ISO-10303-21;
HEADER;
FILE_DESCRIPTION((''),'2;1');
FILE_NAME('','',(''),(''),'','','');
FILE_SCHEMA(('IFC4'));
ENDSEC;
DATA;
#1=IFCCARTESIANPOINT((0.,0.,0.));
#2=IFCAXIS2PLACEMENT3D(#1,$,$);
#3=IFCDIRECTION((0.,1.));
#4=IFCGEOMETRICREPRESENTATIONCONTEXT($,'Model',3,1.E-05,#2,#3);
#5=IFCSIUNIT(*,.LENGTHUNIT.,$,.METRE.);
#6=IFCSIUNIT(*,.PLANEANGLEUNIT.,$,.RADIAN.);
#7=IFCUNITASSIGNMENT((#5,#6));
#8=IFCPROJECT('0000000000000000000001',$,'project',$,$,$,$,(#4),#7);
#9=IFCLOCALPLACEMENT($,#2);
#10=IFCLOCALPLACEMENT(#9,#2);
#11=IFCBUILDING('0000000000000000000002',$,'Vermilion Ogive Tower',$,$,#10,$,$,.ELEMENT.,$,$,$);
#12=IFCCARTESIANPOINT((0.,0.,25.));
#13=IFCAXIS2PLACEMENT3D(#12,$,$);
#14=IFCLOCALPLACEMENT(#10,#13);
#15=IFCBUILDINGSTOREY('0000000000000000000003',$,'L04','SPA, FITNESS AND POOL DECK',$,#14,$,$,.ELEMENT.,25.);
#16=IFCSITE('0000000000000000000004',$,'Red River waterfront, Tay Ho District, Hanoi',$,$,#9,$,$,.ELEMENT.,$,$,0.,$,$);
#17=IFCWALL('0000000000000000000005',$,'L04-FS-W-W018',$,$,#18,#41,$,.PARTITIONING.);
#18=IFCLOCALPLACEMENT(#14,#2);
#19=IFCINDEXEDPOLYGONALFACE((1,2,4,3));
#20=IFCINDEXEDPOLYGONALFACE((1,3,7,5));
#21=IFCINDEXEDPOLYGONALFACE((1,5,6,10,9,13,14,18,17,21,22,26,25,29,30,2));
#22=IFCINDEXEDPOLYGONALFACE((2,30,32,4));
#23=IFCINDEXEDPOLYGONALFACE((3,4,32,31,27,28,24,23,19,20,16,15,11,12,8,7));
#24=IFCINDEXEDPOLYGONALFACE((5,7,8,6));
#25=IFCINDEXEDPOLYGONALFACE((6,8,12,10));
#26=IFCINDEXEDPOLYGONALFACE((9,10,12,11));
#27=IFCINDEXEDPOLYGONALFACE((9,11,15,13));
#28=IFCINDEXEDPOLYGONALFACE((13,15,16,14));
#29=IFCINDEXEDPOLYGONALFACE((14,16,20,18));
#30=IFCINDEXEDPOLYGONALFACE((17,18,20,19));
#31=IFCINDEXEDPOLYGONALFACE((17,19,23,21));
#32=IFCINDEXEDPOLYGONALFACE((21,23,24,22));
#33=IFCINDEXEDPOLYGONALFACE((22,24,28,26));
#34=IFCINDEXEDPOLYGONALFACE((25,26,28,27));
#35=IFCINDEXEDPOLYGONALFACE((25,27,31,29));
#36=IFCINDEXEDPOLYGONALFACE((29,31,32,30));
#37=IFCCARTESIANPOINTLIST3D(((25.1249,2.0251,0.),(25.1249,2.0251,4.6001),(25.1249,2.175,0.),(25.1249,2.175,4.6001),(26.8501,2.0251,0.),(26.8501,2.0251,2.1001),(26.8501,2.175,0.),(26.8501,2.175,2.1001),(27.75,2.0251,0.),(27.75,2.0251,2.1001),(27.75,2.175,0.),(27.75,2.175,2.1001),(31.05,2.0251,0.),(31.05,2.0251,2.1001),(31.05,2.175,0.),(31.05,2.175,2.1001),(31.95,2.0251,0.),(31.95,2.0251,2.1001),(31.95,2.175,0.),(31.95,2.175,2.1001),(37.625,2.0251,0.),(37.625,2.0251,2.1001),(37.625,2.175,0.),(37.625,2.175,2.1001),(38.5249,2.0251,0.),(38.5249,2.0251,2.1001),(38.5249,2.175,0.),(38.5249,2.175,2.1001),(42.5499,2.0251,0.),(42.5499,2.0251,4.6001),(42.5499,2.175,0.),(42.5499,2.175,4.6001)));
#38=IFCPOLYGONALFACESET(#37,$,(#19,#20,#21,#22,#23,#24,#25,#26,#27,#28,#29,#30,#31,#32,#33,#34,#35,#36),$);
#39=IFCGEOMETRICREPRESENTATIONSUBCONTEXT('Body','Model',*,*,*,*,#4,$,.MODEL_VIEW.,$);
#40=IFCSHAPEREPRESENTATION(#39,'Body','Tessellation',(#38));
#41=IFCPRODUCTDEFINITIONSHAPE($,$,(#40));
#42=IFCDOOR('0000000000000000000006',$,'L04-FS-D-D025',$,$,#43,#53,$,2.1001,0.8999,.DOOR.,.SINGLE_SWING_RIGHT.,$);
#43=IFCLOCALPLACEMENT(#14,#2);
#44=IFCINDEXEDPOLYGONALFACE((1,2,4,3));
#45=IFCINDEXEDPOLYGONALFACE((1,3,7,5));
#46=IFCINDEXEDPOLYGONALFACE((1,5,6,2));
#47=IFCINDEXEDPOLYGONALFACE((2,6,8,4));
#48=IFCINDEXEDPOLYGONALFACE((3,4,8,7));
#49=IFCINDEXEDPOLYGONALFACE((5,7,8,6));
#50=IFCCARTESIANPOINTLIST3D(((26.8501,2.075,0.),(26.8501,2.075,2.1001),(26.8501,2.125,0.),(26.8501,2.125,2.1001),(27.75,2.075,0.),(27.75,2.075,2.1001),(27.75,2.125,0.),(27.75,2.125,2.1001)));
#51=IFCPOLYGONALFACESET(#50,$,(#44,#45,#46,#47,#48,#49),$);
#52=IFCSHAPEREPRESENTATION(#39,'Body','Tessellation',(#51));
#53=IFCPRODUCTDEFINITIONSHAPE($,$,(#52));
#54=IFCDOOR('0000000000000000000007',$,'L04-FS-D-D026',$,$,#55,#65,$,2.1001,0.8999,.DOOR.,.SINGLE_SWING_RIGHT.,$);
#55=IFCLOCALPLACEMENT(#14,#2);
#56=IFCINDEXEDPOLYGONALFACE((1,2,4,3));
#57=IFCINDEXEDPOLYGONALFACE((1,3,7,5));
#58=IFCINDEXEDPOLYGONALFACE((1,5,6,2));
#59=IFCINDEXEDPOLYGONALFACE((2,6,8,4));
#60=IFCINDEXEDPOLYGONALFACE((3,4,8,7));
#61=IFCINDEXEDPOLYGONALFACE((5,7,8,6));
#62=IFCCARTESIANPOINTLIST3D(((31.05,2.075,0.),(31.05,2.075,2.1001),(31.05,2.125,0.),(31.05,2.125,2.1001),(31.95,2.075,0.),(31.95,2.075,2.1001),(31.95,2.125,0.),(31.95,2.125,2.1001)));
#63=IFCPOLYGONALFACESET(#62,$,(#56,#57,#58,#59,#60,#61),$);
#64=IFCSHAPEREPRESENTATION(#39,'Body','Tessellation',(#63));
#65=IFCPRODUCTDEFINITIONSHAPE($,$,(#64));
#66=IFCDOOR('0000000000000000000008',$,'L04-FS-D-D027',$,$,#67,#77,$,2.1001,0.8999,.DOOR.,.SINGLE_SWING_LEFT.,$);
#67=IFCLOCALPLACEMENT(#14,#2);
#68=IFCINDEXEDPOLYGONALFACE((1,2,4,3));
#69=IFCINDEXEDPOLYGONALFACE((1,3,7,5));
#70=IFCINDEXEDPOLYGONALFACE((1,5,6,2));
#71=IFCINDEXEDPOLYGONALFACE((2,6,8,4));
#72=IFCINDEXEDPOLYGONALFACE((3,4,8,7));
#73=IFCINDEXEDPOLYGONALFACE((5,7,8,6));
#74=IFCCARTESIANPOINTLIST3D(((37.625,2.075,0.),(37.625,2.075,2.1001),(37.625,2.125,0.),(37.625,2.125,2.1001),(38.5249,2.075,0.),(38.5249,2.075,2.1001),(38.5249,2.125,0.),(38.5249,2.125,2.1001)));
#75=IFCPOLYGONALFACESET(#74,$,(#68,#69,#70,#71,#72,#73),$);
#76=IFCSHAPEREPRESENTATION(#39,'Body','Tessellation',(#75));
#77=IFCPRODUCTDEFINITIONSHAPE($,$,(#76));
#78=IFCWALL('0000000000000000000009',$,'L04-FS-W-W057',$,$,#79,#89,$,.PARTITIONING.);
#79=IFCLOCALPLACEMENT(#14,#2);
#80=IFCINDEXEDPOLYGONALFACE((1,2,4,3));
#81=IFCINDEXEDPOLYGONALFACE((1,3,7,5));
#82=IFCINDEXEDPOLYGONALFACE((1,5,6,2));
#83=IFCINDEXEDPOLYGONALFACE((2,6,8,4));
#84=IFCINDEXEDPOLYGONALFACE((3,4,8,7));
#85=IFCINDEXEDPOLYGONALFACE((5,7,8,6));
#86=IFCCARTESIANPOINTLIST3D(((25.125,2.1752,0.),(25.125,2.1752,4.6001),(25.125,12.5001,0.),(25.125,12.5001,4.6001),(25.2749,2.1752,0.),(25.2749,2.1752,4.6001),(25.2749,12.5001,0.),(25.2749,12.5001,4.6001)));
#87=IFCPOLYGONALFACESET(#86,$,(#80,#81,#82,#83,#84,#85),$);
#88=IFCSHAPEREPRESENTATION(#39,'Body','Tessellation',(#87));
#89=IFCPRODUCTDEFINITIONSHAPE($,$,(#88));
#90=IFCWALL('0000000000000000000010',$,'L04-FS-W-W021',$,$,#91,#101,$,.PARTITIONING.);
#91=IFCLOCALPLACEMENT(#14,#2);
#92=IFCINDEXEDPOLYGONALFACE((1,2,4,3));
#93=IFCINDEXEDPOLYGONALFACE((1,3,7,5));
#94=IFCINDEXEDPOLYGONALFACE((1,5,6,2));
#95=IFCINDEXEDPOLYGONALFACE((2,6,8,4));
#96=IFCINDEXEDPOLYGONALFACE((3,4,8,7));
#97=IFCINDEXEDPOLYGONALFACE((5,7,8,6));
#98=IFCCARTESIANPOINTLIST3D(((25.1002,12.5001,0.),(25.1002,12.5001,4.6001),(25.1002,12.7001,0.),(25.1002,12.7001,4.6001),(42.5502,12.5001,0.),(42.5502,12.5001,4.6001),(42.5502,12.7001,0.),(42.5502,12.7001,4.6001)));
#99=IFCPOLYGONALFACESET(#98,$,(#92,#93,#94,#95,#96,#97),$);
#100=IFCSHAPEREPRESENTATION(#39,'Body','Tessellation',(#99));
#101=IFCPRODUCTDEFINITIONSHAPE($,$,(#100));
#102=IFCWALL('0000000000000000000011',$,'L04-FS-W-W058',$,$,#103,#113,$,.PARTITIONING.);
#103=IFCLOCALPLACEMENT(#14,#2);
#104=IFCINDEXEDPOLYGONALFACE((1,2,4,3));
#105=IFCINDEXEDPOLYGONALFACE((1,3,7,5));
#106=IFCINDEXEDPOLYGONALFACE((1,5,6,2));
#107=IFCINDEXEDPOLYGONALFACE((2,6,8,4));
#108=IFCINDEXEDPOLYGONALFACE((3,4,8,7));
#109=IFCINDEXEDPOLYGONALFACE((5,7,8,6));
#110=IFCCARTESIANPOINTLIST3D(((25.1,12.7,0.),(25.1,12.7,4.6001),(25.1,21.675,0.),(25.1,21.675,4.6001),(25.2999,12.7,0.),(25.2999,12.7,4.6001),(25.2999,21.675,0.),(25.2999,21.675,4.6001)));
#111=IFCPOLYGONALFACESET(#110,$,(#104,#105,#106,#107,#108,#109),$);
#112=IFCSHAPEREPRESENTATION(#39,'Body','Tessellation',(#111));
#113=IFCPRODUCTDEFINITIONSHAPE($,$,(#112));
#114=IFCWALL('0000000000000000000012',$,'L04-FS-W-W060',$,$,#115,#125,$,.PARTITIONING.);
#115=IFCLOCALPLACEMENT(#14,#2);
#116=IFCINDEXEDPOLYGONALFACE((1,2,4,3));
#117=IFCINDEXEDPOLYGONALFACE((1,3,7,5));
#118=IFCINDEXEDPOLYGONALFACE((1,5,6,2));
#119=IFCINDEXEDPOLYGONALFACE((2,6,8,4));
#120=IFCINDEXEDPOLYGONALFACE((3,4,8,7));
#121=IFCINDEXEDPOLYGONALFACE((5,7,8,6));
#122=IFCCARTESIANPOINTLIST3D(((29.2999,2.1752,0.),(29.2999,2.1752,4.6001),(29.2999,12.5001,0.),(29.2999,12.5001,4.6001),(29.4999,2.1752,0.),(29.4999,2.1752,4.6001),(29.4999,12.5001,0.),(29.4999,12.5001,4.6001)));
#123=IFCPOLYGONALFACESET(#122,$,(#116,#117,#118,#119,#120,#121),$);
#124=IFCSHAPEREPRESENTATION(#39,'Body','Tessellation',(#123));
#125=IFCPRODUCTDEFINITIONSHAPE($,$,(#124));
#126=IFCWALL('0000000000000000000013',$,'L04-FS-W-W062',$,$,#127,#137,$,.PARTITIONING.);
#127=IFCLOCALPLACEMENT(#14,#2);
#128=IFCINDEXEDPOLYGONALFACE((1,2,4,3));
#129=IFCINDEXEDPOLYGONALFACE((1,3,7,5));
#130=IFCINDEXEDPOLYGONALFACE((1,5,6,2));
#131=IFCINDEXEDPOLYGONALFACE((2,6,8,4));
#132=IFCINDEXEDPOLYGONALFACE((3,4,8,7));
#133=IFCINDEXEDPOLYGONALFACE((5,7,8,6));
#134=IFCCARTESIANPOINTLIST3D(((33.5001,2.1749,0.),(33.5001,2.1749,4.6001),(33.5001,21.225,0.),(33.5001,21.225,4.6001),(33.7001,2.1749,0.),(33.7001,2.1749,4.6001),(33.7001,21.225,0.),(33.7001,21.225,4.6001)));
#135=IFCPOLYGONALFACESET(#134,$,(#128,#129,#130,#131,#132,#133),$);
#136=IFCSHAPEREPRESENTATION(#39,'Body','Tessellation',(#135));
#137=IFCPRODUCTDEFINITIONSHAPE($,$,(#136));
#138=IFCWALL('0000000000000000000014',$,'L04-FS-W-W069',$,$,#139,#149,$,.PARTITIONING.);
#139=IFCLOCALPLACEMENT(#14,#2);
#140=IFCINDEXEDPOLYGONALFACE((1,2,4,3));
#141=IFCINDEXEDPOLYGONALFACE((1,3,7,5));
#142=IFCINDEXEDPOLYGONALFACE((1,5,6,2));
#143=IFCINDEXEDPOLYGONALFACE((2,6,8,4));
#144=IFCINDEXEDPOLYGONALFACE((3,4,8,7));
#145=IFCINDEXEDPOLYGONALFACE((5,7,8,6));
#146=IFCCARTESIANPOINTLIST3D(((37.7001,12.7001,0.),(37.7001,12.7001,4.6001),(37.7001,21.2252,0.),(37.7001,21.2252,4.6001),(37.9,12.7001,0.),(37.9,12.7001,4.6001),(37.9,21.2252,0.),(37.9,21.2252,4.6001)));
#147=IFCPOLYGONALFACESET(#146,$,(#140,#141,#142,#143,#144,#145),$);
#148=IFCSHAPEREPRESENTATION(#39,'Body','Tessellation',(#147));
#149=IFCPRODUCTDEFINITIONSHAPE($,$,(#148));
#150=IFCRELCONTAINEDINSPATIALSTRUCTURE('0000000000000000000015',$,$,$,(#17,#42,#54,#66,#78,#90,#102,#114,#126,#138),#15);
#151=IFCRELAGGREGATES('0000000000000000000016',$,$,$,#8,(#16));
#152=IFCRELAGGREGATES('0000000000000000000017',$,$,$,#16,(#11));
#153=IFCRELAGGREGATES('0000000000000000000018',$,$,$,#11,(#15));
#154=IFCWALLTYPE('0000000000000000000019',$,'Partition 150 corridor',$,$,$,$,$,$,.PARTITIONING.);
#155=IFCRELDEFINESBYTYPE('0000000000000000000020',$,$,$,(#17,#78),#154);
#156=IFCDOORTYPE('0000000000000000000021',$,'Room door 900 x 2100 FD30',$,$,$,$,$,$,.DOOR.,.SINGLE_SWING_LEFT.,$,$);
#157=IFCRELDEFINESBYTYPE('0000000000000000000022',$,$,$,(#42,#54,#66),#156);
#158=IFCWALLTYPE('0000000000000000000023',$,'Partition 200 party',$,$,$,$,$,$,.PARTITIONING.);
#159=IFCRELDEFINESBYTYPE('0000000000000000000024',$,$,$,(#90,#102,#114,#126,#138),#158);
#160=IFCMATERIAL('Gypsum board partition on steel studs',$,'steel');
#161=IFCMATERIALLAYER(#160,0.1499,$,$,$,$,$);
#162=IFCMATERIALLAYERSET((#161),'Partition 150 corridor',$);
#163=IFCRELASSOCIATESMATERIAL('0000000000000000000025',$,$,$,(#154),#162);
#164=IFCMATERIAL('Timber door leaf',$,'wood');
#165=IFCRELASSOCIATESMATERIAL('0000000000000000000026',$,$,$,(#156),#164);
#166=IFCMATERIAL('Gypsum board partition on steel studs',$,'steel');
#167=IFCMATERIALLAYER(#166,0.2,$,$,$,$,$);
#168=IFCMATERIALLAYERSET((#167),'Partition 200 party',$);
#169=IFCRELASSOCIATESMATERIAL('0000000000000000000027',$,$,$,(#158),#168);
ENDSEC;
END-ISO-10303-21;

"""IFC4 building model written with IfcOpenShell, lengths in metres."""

from ifc_helpers import new_model, si_unit, direction, frame, frame_2d, origin, place, context, subcontext, project, spatial, rectangle, extrude, material, layer, layer_set, type_object, element, fill, save


model = new_model("IFC4")

# Units and contexts
model_context = context("Model", 3, precision=1e-05, world=origin(), true_north=direction((0.0, 1.0)))
body_context = subcontext(model_context, "Body", "Model", "MODEL_VIEW")
ifc_project = project(units=[si_unit("LENGTHUNIT", "METRE"), si_unit("PLANEANGLEUNIT", "RADIAN")], contexts=[model_context])

# Site, building, storey
site_placement = place(None, origin())
site = spatial("IfcSite", under=ifc_project, at=site_placement, Name="Red River waterfront, Tay Ho District, Hanoi", CompositionType="ELEMENT", RefElevation=0.0)
building_placement = place(site_placement, origin())
building = spatial("IfcBuilding", under=site, at=building_placement, Name="Vermilion Ogive Tower", CompositionType="ELEMENT")
storey_placement = place(building_placement, frame((0.0, 0.0, 25.0)))
storey = spatial("IfcBuildingStorey", under=building, at=storey_placement, Name="L04", Description="SPA, FITNESS AND POOL DECK", CompositionType="ELEMENT", Elevation=25.0)

# Shared definitions
ifc_material_1 = material(Name="Gypsum board partition on steel studs", Category="steel")
ifc_layer_1 = layer(ifc_material_1, 0.1499)
ifc_layer_set_1 = layer_set([ifc_layer_1], Name="Partition 150 corridor")
wall_type_1 = type_object("IfcWallType", Name="Partition 150 corridor", PredefinedType="PARTITIONING", material=ifc_layer_set_1)
ifc_material_2 = material(Name="Timber door leaf", Category="wood")
door_type = type_object("IfcDoorType", Name="Room door 900 x 2100 FD30", OperationType="SINGLE_SWING_LEFT", PredefinedType="DOOR", material=ifc_material_2)

# Wall, openings, doors
wall_1_placement = place(storey_placement, frame((25.125, 2.1001, 0.0), z_axis=(0.0, 0.0, 1.0), x_axis=(1.0, 0.0, 0.0)))
wall_1 = element("IfcWall", 1, at=wall_1_placement, inside=storey, type_object=wall_type_1, Name="L04-FS-W-W018", PredefinedType="PARTITIONING", context=body_context, shape_type="SweptSolid", body=[
    extrude(rectangle(XDim=17.425, YDim=0.1499, at=frame_2d((8.7124, 0.0))), origin(), (0.0, 0.0, 1.0), 4.6001),
])
opening_1_placement = place(wall_1_placement, frame((1.7251, 0.0, 0.0)))
opening_1 = element("IfcOpeningElement", 2, at=opening_1_placement, cuts=wall_1, PredefinedType="OPENING", context=body_context, shape_type="SweptSolid", body=[
    extrude(rectangle(XDim=0.8999, YDim=2.1001, at=frame_2d((0.45, 1.05))), frame((0.0, 0.085, 0.0), z_axis=(0.0, -1.0, 0.0), x_axis=(1.0, 0.0, 0.0)), (0.0, 0.0, 1.0), 0.1699),
])
opening_2_placement = place(wall_1_placement, frame((5.925, 0.0, 0.0)))
opening_2 = element("IfcOpeningElement", 3, at=opening_2_placement, cuts=wall_1, PredefinedType="OPENING", context=body_context, shape_type="SweptSolid", body=[
    extrude(rectangle(XDim=0.8999, YDim=2.1001, at=frame_2d((0.45, 1.05))), frame((0.0, 0.085, 0.0), z_axis=(0.0, -1.0, 0.0), x_axis=(1.0, 0.0, 0.0)), (0.0, 0.0, 1.0), 0.1699),
])
opening_3_placement = place(wall_1_placement, frame((12.5, 0.0, 0.0)))
opening_3 = element("IfcOpeningElement", 4, at=opening_3_placement, cuts=wall_1, PredefinedType="OPENING", context=body_context, shape_type="SweptSolid", body=[
    extrude(rectangle(XDim=0.8999, YDim=2.1001, at=frame_2d((0.45, 1.05))), frame((0.0, 0.085, 0.0), z_axis=(0.0, -1.0, 0.0), x_axis=(1.0, 0.0, 0.0)), (0.0, 0.0, 1.0), 0.1699),
])
door_1_placement = place(opening_1_placement, origin())
door_1 = element("IfcDoor", 5, at=door_1_placement, inside=storey, type_object=door_type, Name="L04-FS-D-D025", OperationType="SINGLE_SWING_RIGHT", OverallHeight=2.1001, OverallWidth=0.8999, PredefinedType="DOOR", context=body_context, shape_type="SweptSolid", body=[
    extrude(rectangle(XDim=0.8999, YDim=2.1001, at=frame_2d((0.45, 1.05))), frame((0.0, 0.0249, 0.0), z_axis=(0.0, -1.0, 0.0), x_axis=(1.0, 0.0, 0.0)), (0.0, 0.0, 1.0), 0.05),
])
fill(opening_1, door_1)
door_2_placement = place(opening_2_placement, origin())
door_2 = element("IfcDoor", 6, at=door_2_placement, inside=storey, type_object=door_type, Name="L04-FS-D-D026", OperationType="SINGLE_SWING_RIGHT", OverallHeight=2.1001, OverallWidth=0.8999, PredefinedType="DOOR", context=body_context, shape_type="SweptSolid", body=[
    extrude(rectangle(XDim=0.8999, YDim=2.1001, at=frame_2d((0.45, 1.05))), frame((0.0, 0.0249, 0.0), z_axis=(0.0, -1.0, 0.0), x_axis=(1.0, 0.0, 0.0)), (0.0, 0.0, 1.0), 0.05),
])
fill(opening_2, door_2)
door_3_placement = place(opening_3_placement, origin())
door_3 = element("IfcDoor", 7, at=door_3_placement, inside=storey, type_object=door_type, Name="L04-FS-D-D027", OperationType="SINGLE_SWING_LEFT", OverallHeight=2.1001, OverallWidth=0.8999, PredefinedType="DOOR", context=body_context, shape_type="SweptSolid", body=[
    extrude(rectangle(XDim=0.8999, YDim=2.1001, at=frame_2d((0.45, 1.05))), frame((0.0, 0.0249, 0.0), z_axis=(0.0, -1.0, 0.0), x_axis=(1.0, 0.0, 0.0)), (0.0, 0.0, 1.0), 0.05),
])
fill(opening_3, door_3)

# Walls
wall_2_placement = place(storey_placement, frame((25.2, 2.175, 0.0), z_axis=(0.0, 0.0, 1.0), x_axis=(0.0, 1.0, 0.0)))
element("IfcWall", 8, at=wall_2_placement, inside=storey, type_object=wall_type_1, Name="L04-FS-W-W057", PredefinedType="PARTITIONING", context=body_context, shape_type="SweptSolid", body=[
    extrude(rectangle(XDim=10.325, YDim=0.1499, at=frame_2d((5.1626, 0.0))), origin(), (0.0, 0.0, 1.0), 4.6001),
])
ifc_material_3 = material(Name="Gypsum board partition on steel studs", Category="steel")
ifc_layer_2 = layer(ifc_material_3, 0.2)
ifc_layer_set_2 = layer_set([ifc_layer_2], Name="Partition 200 party")
wall_type_2 = type_object("IfcWallType", Name="Partition 200 party", PredefinedType="PARTITIONING", material=ifc_layer_set_2)
wall_3_placement = place(storey_placement, frame((25.1001, 12.6001, 0.0), z_axis=(0.0, 0.0, 1.0), x_axis=(1.0, 0.0, 0.0)))
element("IfcWall", 9, at=wall_3_placement, inside=storey, type_object=wall_type_2, Name="L04-FS-W-W021", PredefinedType="PARTITIONING", context=body_context, shape_type="SweptSolid", body=[
    extrude(rectangle(XDim=17.45, YDim=0.2, at=frame_2d((8.7251, 0.0))), origin(), (0.0, 0.0, 1.0), 4.6001),
])
wall_4_placement = place(storey_placement, frame((25.2, 12.7, 0.0), z_axis=(0.0, 0.0, 1.0), x_axis=(0.0, 1.0, 0.0)))
element("IfcWall", 10, at=wall_4_placement, inside=storey, type_object=wall_type_2, Name="L04-FS-W-W058", PredefinedType="PARTITIONING", context=body_context, shape_type="SweptSolid", body=[
    extrude(rectangle(XDim=8.9751, YDim=0.2, at=frame_2d((4.4875, 0.0))), origin(), (0.0, 0.0, 1.0), 4.6001),
])
wall_5_placement = place(storey_placement, frame((29.3999, 2.175, 0.0), z_axis=(0.0, 0.0, 1.0), x_axis=(0.0, 1.0, 0.0)))
element("IfcWall", 11, at=wall_5_placement, inside=storey, type_object=wall_type_2, Name="L04-FS-W-W060", PredefinedType="PARTITIONING", context=body_context, shape_type="SweptSolid", body=[
    extrude(rectangle(XDim=10.325, YDim=0.2, at=frame_2d((5.1626, 0.0))), origin(), (0.0, 0.0, 1.0), 4.6001),
])
wall_6_placement = place(storey_placement, frame((33.6001, 2.175, 0.0), z_axis=(0.0, 0.0, 1.0), x_axis=(0.0, 1.0, 0.0)))
element("IfcWall", 12, at=wall_6_placement, inside=storey, type_object=wall_type_2, Name="L04-FS-W-W062", PredefinedType="PARTITIONING", context=body_context, shape_type="SweptSolid", body=[
    extrude(rectangle(XDim=19.05, YDim=0.2, at=frame_2d((9.5249, 0.0))), origin(), (0.0, 0.0, 1.0), 4.6001),
])
wall_7_placement = place(storey_placement, frame((37.8, 12.7, 0.0), z_axis=(0.0, 0.0, 1.0), x_axis=(0.0, 1.0, 0.0)))
element("IfcWall", 13, at=wall_7_placement, inside=storey, type_object=wall_type_2, Name="L04-FS-W-W069", PredefinedType="PARTITIONING", context=body_context, shape_type="SweptSolid", body=[
    extrude(rectangle(XDim=8.5251, YDim=0.2, at=frame_2d((4.2627, 0.0))), origin(), (0.0, 0.0, 1.0), 4.6001),
])

save(model, "model.ifc")
